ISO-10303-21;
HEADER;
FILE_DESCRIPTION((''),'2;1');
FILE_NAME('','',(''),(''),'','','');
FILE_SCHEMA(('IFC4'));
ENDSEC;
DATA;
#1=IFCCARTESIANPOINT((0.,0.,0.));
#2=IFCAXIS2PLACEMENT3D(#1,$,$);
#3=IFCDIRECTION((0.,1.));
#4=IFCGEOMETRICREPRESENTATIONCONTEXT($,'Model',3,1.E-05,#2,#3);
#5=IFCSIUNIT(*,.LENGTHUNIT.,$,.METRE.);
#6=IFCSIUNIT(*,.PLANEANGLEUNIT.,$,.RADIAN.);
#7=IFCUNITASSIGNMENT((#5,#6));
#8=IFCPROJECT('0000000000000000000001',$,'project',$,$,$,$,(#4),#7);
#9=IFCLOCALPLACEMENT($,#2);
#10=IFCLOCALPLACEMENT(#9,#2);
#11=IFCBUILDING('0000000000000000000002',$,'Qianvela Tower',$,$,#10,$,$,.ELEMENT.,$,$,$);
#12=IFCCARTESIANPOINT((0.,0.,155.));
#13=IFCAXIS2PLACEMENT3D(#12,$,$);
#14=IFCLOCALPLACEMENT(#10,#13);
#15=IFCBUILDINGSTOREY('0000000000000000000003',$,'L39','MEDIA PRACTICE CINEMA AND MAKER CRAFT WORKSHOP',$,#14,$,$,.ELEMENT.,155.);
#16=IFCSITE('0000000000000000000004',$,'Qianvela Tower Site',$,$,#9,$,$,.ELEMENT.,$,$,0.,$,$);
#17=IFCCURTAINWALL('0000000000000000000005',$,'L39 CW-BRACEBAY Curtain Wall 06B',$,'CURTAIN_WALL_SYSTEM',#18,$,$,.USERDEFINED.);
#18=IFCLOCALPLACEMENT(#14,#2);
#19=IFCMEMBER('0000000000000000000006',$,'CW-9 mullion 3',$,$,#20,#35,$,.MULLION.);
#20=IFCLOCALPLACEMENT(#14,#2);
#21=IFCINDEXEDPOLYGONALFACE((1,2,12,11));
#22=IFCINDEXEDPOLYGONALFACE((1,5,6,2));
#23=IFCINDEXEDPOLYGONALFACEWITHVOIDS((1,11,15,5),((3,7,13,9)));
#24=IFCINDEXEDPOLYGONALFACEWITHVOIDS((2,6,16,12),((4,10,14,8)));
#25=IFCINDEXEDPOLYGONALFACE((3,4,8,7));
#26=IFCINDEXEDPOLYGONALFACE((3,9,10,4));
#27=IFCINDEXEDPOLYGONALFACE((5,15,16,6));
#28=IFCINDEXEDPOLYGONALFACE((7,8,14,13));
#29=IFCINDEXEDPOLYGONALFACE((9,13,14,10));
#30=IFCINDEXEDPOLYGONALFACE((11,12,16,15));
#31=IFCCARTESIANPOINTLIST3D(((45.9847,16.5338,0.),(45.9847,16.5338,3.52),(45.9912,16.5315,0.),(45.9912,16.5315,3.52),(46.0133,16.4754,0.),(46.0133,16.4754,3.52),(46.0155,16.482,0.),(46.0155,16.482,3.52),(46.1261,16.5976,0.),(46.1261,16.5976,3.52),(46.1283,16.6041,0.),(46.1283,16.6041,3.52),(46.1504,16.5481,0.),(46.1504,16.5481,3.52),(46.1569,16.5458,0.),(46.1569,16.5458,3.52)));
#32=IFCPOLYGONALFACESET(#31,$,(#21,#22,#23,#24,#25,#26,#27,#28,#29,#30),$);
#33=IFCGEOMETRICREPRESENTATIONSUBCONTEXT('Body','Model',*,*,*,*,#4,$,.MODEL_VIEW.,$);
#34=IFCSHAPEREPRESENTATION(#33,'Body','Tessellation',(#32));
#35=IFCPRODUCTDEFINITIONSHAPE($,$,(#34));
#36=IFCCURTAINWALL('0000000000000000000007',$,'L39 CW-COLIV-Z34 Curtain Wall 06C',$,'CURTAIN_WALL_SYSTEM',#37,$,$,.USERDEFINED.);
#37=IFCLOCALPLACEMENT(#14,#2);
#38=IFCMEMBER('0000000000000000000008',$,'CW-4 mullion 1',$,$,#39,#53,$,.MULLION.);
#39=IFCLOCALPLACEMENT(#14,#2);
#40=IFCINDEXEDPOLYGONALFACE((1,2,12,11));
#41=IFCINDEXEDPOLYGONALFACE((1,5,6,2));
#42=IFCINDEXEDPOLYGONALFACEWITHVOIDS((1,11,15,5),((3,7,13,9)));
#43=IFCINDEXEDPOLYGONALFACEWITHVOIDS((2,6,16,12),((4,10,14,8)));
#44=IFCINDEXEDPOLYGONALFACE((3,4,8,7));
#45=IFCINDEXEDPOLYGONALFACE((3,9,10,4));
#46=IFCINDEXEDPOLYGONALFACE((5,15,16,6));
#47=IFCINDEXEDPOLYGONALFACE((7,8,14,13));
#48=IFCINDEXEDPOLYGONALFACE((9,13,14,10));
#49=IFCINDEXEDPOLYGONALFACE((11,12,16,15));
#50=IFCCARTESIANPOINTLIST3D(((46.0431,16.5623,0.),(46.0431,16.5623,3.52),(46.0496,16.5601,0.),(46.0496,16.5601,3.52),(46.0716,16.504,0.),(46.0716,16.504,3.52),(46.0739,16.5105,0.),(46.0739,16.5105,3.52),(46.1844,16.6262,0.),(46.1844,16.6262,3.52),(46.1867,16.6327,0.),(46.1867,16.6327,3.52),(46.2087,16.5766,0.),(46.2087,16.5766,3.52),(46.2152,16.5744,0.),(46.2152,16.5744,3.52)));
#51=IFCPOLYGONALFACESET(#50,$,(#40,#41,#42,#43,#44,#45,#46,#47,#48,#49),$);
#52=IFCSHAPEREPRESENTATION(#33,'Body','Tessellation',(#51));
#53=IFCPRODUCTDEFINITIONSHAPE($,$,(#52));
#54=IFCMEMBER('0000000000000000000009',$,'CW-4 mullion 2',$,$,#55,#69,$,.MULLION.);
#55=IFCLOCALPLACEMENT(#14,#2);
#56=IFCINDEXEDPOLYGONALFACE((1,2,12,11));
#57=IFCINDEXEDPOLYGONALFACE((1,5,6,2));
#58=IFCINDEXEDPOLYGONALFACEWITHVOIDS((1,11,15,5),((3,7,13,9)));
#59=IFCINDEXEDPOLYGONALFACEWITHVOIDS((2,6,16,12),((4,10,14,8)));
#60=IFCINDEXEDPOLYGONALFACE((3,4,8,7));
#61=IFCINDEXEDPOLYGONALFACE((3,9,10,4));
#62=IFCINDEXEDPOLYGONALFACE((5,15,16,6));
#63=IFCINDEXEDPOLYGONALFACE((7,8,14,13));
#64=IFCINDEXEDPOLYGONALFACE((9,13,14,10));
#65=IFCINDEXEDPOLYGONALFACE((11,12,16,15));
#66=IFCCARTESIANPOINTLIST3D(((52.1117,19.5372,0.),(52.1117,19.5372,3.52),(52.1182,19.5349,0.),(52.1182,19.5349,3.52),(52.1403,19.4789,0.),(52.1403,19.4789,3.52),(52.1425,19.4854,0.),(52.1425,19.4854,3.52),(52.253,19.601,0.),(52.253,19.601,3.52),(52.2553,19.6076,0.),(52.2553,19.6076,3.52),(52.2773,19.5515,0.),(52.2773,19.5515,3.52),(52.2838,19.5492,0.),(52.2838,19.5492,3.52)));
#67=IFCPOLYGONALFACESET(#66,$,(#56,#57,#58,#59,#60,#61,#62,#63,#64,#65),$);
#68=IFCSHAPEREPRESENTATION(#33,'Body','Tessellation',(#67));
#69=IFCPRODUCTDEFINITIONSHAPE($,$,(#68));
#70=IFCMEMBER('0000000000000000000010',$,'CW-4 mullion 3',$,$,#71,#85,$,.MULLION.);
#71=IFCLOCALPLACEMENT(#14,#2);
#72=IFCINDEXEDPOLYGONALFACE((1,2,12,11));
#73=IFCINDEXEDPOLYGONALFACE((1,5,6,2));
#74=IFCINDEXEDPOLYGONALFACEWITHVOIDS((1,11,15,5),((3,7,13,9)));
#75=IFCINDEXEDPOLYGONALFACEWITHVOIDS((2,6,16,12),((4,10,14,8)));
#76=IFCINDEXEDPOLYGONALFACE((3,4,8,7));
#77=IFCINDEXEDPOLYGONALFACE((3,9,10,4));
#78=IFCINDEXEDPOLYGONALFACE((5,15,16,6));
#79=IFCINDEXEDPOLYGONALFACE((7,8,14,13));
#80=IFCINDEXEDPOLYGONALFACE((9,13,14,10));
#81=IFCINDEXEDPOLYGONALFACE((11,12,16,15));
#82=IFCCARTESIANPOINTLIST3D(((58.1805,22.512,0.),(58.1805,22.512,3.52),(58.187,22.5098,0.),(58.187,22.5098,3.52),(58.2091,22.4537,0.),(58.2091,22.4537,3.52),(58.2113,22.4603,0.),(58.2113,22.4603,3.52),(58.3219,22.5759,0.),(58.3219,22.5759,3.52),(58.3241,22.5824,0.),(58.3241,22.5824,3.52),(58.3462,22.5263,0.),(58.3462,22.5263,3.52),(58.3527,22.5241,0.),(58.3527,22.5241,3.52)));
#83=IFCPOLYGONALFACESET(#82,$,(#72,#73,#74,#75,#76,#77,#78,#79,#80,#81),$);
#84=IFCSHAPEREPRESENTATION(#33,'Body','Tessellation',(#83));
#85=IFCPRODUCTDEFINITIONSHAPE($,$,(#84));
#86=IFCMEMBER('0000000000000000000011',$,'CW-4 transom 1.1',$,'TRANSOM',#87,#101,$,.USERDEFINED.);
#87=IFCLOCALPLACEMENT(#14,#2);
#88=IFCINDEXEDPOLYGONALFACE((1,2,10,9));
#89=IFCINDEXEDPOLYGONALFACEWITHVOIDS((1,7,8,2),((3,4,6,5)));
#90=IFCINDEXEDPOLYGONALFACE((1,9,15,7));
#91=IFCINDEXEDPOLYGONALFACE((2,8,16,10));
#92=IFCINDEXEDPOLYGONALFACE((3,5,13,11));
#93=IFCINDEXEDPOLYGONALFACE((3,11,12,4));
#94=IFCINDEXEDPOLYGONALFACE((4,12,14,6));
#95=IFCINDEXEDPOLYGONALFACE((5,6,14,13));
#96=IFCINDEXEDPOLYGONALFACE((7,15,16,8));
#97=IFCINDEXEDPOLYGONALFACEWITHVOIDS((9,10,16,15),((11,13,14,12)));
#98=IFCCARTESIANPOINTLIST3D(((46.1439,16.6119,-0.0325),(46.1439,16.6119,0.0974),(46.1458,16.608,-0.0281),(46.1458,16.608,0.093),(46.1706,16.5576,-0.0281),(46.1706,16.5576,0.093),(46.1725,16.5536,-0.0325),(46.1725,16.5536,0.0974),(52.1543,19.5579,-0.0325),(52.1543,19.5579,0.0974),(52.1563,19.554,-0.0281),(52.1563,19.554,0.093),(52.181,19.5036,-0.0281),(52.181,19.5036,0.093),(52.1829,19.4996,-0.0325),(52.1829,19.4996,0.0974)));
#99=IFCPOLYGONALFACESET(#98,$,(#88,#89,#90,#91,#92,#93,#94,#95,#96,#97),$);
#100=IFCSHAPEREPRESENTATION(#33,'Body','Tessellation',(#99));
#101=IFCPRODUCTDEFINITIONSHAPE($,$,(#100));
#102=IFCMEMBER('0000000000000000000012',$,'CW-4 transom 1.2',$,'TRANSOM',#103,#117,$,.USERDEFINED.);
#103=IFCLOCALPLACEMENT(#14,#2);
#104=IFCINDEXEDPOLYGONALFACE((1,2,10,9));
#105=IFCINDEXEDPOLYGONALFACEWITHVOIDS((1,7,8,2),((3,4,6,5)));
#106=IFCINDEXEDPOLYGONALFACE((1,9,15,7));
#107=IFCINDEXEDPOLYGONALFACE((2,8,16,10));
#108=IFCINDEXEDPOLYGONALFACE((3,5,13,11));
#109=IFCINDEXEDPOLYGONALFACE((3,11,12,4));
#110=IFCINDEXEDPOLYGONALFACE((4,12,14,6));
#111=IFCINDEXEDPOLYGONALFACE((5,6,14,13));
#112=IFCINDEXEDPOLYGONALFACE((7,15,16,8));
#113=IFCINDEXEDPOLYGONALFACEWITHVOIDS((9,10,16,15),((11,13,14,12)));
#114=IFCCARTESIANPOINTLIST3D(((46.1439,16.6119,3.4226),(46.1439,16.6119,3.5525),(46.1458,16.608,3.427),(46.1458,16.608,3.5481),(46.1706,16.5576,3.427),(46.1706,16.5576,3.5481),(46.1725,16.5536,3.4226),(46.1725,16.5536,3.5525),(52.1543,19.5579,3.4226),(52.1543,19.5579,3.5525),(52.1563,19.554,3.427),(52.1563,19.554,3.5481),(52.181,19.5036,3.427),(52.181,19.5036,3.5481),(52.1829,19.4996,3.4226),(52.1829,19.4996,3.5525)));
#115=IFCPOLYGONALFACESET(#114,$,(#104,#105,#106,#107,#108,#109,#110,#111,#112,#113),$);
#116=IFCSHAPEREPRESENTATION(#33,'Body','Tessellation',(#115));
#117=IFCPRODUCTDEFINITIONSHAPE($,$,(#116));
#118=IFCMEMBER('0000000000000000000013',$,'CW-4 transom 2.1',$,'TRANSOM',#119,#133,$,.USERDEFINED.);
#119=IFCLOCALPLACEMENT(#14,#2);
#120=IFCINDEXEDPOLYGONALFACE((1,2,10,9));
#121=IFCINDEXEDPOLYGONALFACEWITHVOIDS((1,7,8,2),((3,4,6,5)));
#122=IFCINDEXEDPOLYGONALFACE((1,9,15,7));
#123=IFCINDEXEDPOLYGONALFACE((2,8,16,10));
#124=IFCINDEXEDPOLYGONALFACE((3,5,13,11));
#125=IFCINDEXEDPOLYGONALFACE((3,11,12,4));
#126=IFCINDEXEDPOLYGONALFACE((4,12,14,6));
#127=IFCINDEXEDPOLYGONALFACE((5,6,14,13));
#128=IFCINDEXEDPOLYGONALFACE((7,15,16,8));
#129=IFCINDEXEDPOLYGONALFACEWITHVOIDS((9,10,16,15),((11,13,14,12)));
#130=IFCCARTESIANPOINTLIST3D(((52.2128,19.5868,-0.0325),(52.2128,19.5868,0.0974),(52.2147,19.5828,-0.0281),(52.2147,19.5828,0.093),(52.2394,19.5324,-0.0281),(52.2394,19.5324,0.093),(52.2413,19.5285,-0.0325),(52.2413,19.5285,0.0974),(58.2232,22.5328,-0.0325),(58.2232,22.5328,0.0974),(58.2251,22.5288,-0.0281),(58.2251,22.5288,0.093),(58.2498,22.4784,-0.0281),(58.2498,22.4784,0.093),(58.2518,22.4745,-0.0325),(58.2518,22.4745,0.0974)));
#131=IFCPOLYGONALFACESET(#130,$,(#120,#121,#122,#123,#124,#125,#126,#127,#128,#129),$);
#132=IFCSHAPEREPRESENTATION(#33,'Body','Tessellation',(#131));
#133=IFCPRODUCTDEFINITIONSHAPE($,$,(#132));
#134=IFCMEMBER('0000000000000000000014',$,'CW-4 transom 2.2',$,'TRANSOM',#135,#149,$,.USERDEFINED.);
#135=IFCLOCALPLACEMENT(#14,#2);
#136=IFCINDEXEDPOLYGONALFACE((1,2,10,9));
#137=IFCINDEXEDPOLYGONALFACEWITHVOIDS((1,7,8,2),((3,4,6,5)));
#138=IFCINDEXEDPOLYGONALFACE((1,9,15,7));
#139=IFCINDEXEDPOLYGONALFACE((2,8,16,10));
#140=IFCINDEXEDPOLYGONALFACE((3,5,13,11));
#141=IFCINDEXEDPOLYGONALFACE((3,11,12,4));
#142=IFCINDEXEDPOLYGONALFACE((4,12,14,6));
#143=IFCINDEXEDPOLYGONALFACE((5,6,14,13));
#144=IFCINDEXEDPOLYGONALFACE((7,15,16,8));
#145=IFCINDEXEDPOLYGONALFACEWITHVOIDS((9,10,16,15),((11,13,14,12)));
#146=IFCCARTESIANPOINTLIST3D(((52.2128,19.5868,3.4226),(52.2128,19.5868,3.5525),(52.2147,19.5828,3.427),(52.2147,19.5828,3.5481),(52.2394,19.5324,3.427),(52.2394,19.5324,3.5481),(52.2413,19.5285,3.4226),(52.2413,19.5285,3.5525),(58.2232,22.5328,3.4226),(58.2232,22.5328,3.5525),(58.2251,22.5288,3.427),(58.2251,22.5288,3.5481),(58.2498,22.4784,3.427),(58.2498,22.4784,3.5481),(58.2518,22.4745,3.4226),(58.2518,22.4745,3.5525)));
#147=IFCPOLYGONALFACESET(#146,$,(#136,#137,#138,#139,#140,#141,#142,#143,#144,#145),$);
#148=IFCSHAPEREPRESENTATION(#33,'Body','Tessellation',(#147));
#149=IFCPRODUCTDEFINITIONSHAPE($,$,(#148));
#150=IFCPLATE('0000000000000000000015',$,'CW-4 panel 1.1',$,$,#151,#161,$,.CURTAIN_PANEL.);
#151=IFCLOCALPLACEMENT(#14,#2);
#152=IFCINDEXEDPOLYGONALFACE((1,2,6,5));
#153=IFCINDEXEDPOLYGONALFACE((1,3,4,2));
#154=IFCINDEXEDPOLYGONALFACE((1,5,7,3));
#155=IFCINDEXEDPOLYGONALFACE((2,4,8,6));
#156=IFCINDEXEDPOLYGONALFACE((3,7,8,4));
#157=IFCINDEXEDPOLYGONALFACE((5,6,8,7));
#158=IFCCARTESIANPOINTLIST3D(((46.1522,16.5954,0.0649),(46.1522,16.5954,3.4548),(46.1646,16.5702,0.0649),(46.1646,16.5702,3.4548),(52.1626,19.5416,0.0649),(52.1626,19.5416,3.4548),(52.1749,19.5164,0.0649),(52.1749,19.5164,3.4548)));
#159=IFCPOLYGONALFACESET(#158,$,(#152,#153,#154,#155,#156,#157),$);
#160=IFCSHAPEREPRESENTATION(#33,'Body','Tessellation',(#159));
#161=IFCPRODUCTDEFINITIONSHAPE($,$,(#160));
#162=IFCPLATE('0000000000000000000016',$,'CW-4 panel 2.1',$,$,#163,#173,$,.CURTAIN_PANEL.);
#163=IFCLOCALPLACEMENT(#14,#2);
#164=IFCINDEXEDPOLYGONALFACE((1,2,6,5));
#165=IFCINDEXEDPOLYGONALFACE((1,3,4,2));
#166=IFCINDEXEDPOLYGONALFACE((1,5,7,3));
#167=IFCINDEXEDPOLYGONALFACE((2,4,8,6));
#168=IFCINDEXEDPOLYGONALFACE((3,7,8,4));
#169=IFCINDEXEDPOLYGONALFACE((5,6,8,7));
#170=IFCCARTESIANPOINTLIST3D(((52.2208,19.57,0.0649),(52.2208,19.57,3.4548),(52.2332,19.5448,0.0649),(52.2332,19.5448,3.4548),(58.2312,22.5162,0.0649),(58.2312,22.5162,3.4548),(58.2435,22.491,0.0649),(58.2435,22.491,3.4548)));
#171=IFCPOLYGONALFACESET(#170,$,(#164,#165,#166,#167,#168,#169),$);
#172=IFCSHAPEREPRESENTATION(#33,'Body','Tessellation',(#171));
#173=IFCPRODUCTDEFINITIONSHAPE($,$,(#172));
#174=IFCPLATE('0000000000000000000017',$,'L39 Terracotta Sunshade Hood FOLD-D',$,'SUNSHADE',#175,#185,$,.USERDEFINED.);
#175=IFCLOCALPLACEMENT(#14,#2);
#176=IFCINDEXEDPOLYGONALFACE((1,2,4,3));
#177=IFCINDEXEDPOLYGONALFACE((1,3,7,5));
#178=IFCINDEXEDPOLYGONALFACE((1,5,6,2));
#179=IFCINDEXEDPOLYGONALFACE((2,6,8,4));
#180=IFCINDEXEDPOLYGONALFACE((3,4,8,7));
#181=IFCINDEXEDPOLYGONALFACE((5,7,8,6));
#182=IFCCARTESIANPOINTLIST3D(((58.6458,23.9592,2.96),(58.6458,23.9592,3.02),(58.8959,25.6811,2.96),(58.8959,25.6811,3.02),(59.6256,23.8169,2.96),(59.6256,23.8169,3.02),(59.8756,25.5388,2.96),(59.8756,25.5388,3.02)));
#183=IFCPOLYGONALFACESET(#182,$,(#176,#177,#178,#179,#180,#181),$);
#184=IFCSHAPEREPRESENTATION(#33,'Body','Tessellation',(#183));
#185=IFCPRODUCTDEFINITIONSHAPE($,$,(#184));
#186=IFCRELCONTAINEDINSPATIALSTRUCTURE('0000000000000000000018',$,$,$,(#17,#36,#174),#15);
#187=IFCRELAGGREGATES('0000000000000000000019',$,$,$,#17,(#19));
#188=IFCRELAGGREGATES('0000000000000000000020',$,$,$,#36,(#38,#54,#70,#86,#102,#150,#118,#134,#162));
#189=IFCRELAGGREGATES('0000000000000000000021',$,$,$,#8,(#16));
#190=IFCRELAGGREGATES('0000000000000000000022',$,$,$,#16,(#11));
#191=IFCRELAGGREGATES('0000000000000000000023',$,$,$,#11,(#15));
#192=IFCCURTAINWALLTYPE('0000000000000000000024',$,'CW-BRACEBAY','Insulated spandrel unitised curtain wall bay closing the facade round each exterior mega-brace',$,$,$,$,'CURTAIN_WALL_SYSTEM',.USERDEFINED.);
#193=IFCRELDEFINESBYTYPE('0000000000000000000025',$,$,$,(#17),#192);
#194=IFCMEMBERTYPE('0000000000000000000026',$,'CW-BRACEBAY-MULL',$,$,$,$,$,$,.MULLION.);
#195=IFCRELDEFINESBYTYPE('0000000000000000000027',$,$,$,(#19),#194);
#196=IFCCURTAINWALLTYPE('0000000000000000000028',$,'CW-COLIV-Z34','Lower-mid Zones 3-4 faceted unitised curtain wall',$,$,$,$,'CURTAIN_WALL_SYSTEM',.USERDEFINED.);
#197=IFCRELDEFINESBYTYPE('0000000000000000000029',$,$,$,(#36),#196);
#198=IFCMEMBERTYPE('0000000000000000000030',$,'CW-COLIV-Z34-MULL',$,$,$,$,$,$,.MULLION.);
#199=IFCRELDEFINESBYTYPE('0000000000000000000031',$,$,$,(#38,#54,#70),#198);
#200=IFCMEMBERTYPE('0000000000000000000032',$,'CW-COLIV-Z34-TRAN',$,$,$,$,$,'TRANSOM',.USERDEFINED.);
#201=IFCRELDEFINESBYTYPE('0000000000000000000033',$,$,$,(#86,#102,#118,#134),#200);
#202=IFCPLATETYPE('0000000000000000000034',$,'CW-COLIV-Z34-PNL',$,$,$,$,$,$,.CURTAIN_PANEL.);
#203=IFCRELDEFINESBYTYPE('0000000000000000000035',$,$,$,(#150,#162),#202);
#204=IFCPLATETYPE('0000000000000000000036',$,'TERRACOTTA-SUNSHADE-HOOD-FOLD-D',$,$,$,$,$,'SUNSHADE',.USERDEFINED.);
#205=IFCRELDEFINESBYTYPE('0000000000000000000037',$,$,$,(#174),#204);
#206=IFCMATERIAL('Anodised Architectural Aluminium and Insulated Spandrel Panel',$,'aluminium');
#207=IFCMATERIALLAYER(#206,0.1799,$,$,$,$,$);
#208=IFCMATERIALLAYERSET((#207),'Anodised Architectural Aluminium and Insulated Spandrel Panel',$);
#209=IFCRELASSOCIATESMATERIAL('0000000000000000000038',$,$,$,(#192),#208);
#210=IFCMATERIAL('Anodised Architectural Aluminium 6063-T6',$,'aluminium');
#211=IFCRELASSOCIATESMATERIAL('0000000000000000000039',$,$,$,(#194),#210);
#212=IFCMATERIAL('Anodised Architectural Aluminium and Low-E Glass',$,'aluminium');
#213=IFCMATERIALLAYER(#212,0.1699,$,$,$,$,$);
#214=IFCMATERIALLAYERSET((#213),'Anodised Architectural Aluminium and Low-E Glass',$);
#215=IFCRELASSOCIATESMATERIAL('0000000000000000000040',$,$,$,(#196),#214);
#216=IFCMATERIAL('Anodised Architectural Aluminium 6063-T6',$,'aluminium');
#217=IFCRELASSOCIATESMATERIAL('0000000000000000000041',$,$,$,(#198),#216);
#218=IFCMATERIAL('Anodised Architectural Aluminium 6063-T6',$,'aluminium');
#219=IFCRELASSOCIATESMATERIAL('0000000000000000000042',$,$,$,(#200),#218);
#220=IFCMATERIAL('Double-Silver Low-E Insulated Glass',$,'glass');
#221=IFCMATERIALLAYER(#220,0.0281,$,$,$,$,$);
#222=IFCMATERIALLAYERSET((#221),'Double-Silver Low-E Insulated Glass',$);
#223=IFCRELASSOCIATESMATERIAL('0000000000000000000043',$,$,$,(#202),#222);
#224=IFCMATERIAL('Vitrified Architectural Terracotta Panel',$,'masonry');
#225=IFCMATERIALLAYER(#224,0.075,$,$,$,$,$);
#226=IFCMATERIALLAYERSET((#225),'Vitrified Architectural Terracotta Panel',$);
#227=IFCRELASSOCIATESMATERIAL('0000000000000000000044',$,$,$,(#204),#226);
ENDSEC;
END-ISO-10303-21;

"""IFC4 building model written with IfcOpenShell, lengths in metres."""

from ifc_helpers import new_model, si_unit, direction, frame, origin, origin_2d, place, context, subcontext, project, spatial, rectangle, hollow_rectangle, extrude, material, layer, layer_set, material_profile, profile_set, type_object, element, aggregate, save


model = new_model("IFC4")

# Units and contexts
model_context = context("Model", 3, precision=1e-05, world=origin(), true_north=direction((0.0, 1.0)))
body_context = subcontext(model_context, "Body", "Model", "MODEL_VIEW")
ifc_project = project(units=[si_unit("LENGTHUNIT", "METRE"), si_unit("PLANEANGLEUNIT", "RADIAN")], contexts=[model_context])

# Site, building, storey
site_placement = place(None, origin())
site = spatial("IfcSite", under=ifc_project, at=site_placement, Name="Qianvela Tower Site", CompositionType="ELEMENT", RefElevation=0.0)
building_placement = place(site_placement, origin())
building = spatial("IfcBuilding", under=site, at=building_placement, Name="Qianvela Tower", CompositionType="ELEMENT")
storey_placement = place(building_placement, frame((0.0, 0.0, 155.0)))
storey = spatial("IfcBuildingStorey", under=building, at=storey_placement, Name="L39", Description="MEDIA PRACTICE CINEMA AND MAKER CRAFT WORKSHOP", CompositionType="ELEMENT", Elevation=155.0)

# Curtain wall, member
ifc_material_1 = material(Name="Anodised Architectural Aluminium and Insulated Spandrel Panel", Category="aluminium")
ifc_layer_1 = layer(ifc_material_1, 0.1799)
ifc_layer_set_1 = layer_set([ifc_layer_1], Name="Anodised Architectural Aluminium and Insulated Spandrel Panel")
curtain_wall_type_1 = type_object("IfcCurtainWallType", Name="CW-BRACEBAY", Description="Insulated spandrel unitised curtain wall bay closing the facade round each exterior mega-brace", ElementType="CURTAIN_WALL_SYSTEM", PredefinedType="USERDEFINED", material=ifc_layer_set_1)
curtain_wall_1_placement = place(storey_placement, origin())
curtain_wall_1 = element("IfcCurtainWall", 1, at=curtain_wall_1_placement, inside=storey, type_object=curtain_wall_type_1, Name="L39 CW-BRACEBAY Curtain Wall 06B", ObjectType="CURTAIN_WALL_SYSTEM", PredefinedType="USERDEFINED")
ifc_material_2 = material(Name="Anodised Architectural Aluminium 6063-T6", Category="aluminium")
ifc_material_profile_1 = material_profile(ifc_material_2, hollow_rectangle(XDim=0.0649, YDim=0.1599, WallThickness=0.0049, at=origin_2d()), Name="ALU-MULL-65x160")
ifc_profile_set_1 = profile_set([ifc_material_profile_1], Name="Anodised Architectural Aluminium 6063-T6")
member_type_1 = type_object("IfcMemberType", Name="CW-BRACEBAY-MULL", PredefinedType="MULLION", material=ifc_profile_set_1)
member_1_placement = place(storey_placement, frame((46.0708, 16.5398, 0.0), z_axis=(0.0, 0.0, 1.0), x_axis=(-0.440141, 0.897929, 0.0)))
member_1 = element("IfcMember", 2, at=member_1_placement, type_object=member_type_1, Name="CW-9 mullion 3", PredefinedType="MULLION", context=body_context, shape_type="SweptSolid", body=[
    extrude(hollow_rectangle(XDim=0.0649, YDim=0.1599, WallThickness=0.0049, at=origin_2d()), origin(), (0.0, 0.0, 1.0), 3.52),
])
aggregate(curtain_wall_1, [member_1])

# Curtain wall, members, plates
ifc_material_3 = material(Name="Anodised Architectural Aluminium and Low-E Glass", Category="aluminium")
ifc_layer_2 = layer(ifc_material_3, 0.1699)
ifc_layer_set_2 = layer_set([ifc_layer_2], Name="Anodised Architectural Aluminium and Low-E Glass")
curtain_wall_type_2 = type_object("IfcCurtainWallType", Name="CW-COLIV-Z34", Description="Lower-mid Zones 3-4 faceted unitised curtain wall", ElementType="CURTAIN_WALL_SYSTEM", PredefinedType="USERDEFINED", material=ifc_layer_set_2)
curtain_wall_2_placement = place(storey_placement, origin())
curtain_wall_2 = element("IfcCurtainWall", 3, at=curtain_wall_2_placement, inside=storey, type_object=curtain_wall_type_2, Name="L39 CW-COLIV-Z34 Curtain Wall 06C", ObjectType="CURTAIN_WALL_SYSTEM", PredefinedType="USERDEFINED")
ifc_material_4 = material(Name="Anodised Architectural Aluminium 6063-T6", Category="aluminium")
ifc_material_profile_2 = material_profile(ifc_material_4, hollow_rectangle(XDim=0.0649, YDim=0.1599, WallThickness=0.0049, at=origin_2d()), Name="ALU-MULL-65x160")
ifc_profile_set_2 = profile_set([ifc_material_profile_2], Name="Anodised Architectural Aluminium 6063-T6")
member_type_2 = type_object("IfcMemberType", Name="CW-COLIV-Z34-MULL", PredefinedType="MULLION", material=ifc_profile_set_2)
member_2_placement = place(storey_placement, frame((46.1292, 16.5684, 0.0), z_axis=(0.0, 0.0, 1.0), x_axis=(-0.440146, 0.897926, 0.0)))
member_2 = element("IfcMember", 4, at=member_2_placement, type_object=member_type_2, Name="CW-4 mullion 1", PredefinedType="MULLION", context=body_context, shape_type="SweptSolid", body=[
    extrude(hollow_rectangle(XDim=0.0649, YDim=0.1599, WallThickness=0.0049, at=origin_2d()), origin(), (0.0, 0.0, 1.0), 3.52),
])
member_3_placement = place(storey_placement, frame((52.1978, 19.5432, 0.0), z_axis=(0.0, 0.0, 1.0), x_axis=(-0.440146, 0.897926, 0.0)))
member_3 = element("IfcMember", 5, at=member_3_placement, type_object=member_type_2, Name="CW-4 mullion 2", PredefinedType="MULLION", context=body_context, shape_type="SweptSolid", body=[
    extrude(hollow_rectangle(XDim=0.0649, YDim=0.1599, WallThickness=0.0049, at=origin_2d()), origin(), (0.0, 0.0, 1.0), 3.52),
])
member_4_placement = place(storey_placement, frame((58.2666, 22.5181, 0.0), z_axis=(0.0, 0.0, 1.0), x_axis=(-0.440146, 0.897926, 0.0)))
member_4 = element("IfcMember", 6, at=member_4_placement, type_object=member_type_2, Name="CW-4 mullion 3", PredefinedType="MULLION", context=body_context, shape_type="SweptSolid", body=[
    extrude(hollow_rectangle(XDim=0.0649, YDim=0.1599, WallThickness=0.0049, at=origin_2d()), origin(), (0.0, 0.0, 1.0), 3.52),
])
ifc_material_5 = material(Name="Anodised Architectural Aluminium 6063-T6", Category="aluminium")
ifc_material_profile_3 = material_profile(ifc_material_5, hollow_rectangle(XDim=0.0649, YDim=0.1299, WallThickness=0.0044, at=origin_2d()), Name="ALU-TRAN-65x130")
ifc_profile_set_3 = profile_set([ifc_material_profile_3], Name="Anodised Architectural Aluminium 6063-T6")
member_type_3 = type_object("IfcMemberType", Name="CW-COLIV-Z34-TRAN", ElementType="TRANSOM", PredefinedType="USERDEFINED", material=ifc_profile_set_3)
member_5_placement = place(storey_placement, frame((46.1582, 16.5828, 0.0325), z_axis=(0.897937, 0.440124, 0.0), x_axis=(-0.440124, 0.897937, 0.0)))
member_5 = element("IfcMember", 7, at=member_5_placement, type_object=member_type_3, Name="CW-4 transom 1.1", ObjectType="TRANSOM", PredefinedType="USERDEFINED", context=body_context, shape_type="SweptSolid", body=[
    extrude(hollow_rectangle(XDim=0.0649, YDim=0.1299, WallThickness=0.0044, at=origin_2d()), origin(), (0.0, 0.0, 1.0), 6.6936),
])
member_6_placement = place(storey_placement, frame((46.1582, 16.5828, 3.4875), z_axis=(0.897937, 0.440124, 0.0), x_axis=(-0.440124, 0.897937, 0.0)))
member_6 = element("IfcMember", 8, at=member_6_placement, type_object=member_type_3, Name="CW-4 transom 1.2", ObjectType="TRANSOM", PredefinedType="USERDEFINED", context=body_context, shape_type="SweptSolid", body=[
    extrude(hollow_rectangle(XDim=0.0649, YDim=0.1299, WallThickness=0.0044, at=origin_2d()), origin(), (0.0, 0.0, 1.0), 6.6936),
])
member_7_placement = place(storey_placement, frame((52.2271, 19.5576, 0.0325), z_axis=(0.897937, 0.440124, 0.0), x_axis=(-0.440124, 0.897937, 0.0)))
member_7 = element("IfcMember", 9, at=member_7_placement, type_object=member_type_3, Name="CW-4 transom 2.1", ObjectType="TRANSOM", PredefinedType="USERDEFINED", context=body_context, shape_type="SweptSolid", body=[
    extrude(hollow_rectangle(XDim=0.0649, YDim=0.1299, WallThickness=0.0044, at=origin_2d()), origin(), (0.0, 0.0, 1.0), 6.6936),
])
member_8_placement = place(storey_placement, frame((52.2271, 19.5576, 3.4875), z_axis=(0.897937, 0.440124, 0.0), x_axis=(-0.440124, 0.897937, 0.0)))
member_8 = element("IfcMember", 10, at=member_8_placement, type_object=member_type_3, Name="CW-4 transom 2.2", ObjectType="TRANSOM", PredefinedType="USERDEFINED", context=body_context, shape_type="SweptSolid", body=[
    extrude(hollow_rectangle(XDim=0.0649, YDim=0.1299, WallThickness=0.0044, at=origin_2d()), origin(), (0.0, 0.0, 1.0), 6.6936),
])
ifc_material_6 = material(Name="Double-Silver Low-E Insulated Glass", Category="glass")
ifc_layer_3 = layer(ifc_material_6, 0.0281)
ifc_layer_set_3 = layer_set([ifc_layer_3], Name="Double-Silver Low-E Insulated Glass")
plate_type_1 = type_object("IfcPlateType", Name="CW-COLIV-Z34-PNL", PredefinedType="CURTAIN_PANEL", material=ifc_layer_set_3)
plate_1_placement = place(storey_placement, frame((49.1636, 18.0559, 0.0649), z_axis=(0.0, 0.0, 1.0), x_axis=(0.897926, 0.440146, 0.0)))
plate_1 = element("IfcPlate", 11, at=plate_1_placement, type_object=plate_type_1, Name="CW-4 panel 1.1", PredefinedType="CURTAIN_PANEL", context=body_context, shape_type="SweptSolid", body=[
    extrude(rectangle(XDim=6.6936, YDim=0.0281, at=origin_2d()), origin(), (0.0, 0.0, 1.0), 3.3899),
])
plate_2_placement = place(storey_placement, frame((55.2322, 21.0305, 0.0649), z_axis=(0.0, 0.0, 1.0), x_axis=(0.897926, 0.440146, 0.0)))
plate_2 = element("IfcPlate", 12, at=plate_2_placement, type_object=plate_type_1, Name="CW-4 panel 2.1", PredefinedType="CURTAIN_PANEL", context=body_context, shape_type="SweptSolid", body=[
    extrude(rectangle(XDim=6.6936, YDim=0.0281, at=origin_2d()), origin(), (0.0, 0.0, 1.0), 3.3899),
])
aggregate(curtain_wall_2, [member_2, member_3, member_4, member_5, member_6, plate_1, member_7, member_8, plate_2])

# Plate
ifc_material_7 = material(Name="Vitrified Architectural Terracotta Panel", Category="masonry")
ifc_layer_4 = layer(ifc_material_7, 0.075)
ifc_layer_set_4 = layer_set([ifc_layer_4], Name="Vitrified Architectural Terracotta Panel")
plate_type_2 = type_object("IfcPlateType", Name="TERRACOTTA-SUNSHADE-HOOD-FOLD-D", ElementType="SUNSHADE", PredefinedType="USERDEFINED", material=ifc_layer_set_4)
plate_3_placement = place(storey_placement, frame((59.2607, 24.749, 2.96), z_axis=(0.0, 0.0, 1.0), x_axis=(0.143729, 0.989617, 0.0)))
element("IfcPlate", 13, at=plate_3_placement, inside=storey, type_object=plate_type_2, Name="L39 Terracotta Sunshade Hood FOLD-D", ObjectType="SUNSHADE", PredefinedType="USERDEFINED", context=body_context, shape_type="SweptSolid", body=[
    extrude(rectangle(XDim=1.74, YDim=0.99, at=origin_2d()), origin(), (0.0, 0.0, 1.0), 0.0601),
])

save(model, "model.ifc")
